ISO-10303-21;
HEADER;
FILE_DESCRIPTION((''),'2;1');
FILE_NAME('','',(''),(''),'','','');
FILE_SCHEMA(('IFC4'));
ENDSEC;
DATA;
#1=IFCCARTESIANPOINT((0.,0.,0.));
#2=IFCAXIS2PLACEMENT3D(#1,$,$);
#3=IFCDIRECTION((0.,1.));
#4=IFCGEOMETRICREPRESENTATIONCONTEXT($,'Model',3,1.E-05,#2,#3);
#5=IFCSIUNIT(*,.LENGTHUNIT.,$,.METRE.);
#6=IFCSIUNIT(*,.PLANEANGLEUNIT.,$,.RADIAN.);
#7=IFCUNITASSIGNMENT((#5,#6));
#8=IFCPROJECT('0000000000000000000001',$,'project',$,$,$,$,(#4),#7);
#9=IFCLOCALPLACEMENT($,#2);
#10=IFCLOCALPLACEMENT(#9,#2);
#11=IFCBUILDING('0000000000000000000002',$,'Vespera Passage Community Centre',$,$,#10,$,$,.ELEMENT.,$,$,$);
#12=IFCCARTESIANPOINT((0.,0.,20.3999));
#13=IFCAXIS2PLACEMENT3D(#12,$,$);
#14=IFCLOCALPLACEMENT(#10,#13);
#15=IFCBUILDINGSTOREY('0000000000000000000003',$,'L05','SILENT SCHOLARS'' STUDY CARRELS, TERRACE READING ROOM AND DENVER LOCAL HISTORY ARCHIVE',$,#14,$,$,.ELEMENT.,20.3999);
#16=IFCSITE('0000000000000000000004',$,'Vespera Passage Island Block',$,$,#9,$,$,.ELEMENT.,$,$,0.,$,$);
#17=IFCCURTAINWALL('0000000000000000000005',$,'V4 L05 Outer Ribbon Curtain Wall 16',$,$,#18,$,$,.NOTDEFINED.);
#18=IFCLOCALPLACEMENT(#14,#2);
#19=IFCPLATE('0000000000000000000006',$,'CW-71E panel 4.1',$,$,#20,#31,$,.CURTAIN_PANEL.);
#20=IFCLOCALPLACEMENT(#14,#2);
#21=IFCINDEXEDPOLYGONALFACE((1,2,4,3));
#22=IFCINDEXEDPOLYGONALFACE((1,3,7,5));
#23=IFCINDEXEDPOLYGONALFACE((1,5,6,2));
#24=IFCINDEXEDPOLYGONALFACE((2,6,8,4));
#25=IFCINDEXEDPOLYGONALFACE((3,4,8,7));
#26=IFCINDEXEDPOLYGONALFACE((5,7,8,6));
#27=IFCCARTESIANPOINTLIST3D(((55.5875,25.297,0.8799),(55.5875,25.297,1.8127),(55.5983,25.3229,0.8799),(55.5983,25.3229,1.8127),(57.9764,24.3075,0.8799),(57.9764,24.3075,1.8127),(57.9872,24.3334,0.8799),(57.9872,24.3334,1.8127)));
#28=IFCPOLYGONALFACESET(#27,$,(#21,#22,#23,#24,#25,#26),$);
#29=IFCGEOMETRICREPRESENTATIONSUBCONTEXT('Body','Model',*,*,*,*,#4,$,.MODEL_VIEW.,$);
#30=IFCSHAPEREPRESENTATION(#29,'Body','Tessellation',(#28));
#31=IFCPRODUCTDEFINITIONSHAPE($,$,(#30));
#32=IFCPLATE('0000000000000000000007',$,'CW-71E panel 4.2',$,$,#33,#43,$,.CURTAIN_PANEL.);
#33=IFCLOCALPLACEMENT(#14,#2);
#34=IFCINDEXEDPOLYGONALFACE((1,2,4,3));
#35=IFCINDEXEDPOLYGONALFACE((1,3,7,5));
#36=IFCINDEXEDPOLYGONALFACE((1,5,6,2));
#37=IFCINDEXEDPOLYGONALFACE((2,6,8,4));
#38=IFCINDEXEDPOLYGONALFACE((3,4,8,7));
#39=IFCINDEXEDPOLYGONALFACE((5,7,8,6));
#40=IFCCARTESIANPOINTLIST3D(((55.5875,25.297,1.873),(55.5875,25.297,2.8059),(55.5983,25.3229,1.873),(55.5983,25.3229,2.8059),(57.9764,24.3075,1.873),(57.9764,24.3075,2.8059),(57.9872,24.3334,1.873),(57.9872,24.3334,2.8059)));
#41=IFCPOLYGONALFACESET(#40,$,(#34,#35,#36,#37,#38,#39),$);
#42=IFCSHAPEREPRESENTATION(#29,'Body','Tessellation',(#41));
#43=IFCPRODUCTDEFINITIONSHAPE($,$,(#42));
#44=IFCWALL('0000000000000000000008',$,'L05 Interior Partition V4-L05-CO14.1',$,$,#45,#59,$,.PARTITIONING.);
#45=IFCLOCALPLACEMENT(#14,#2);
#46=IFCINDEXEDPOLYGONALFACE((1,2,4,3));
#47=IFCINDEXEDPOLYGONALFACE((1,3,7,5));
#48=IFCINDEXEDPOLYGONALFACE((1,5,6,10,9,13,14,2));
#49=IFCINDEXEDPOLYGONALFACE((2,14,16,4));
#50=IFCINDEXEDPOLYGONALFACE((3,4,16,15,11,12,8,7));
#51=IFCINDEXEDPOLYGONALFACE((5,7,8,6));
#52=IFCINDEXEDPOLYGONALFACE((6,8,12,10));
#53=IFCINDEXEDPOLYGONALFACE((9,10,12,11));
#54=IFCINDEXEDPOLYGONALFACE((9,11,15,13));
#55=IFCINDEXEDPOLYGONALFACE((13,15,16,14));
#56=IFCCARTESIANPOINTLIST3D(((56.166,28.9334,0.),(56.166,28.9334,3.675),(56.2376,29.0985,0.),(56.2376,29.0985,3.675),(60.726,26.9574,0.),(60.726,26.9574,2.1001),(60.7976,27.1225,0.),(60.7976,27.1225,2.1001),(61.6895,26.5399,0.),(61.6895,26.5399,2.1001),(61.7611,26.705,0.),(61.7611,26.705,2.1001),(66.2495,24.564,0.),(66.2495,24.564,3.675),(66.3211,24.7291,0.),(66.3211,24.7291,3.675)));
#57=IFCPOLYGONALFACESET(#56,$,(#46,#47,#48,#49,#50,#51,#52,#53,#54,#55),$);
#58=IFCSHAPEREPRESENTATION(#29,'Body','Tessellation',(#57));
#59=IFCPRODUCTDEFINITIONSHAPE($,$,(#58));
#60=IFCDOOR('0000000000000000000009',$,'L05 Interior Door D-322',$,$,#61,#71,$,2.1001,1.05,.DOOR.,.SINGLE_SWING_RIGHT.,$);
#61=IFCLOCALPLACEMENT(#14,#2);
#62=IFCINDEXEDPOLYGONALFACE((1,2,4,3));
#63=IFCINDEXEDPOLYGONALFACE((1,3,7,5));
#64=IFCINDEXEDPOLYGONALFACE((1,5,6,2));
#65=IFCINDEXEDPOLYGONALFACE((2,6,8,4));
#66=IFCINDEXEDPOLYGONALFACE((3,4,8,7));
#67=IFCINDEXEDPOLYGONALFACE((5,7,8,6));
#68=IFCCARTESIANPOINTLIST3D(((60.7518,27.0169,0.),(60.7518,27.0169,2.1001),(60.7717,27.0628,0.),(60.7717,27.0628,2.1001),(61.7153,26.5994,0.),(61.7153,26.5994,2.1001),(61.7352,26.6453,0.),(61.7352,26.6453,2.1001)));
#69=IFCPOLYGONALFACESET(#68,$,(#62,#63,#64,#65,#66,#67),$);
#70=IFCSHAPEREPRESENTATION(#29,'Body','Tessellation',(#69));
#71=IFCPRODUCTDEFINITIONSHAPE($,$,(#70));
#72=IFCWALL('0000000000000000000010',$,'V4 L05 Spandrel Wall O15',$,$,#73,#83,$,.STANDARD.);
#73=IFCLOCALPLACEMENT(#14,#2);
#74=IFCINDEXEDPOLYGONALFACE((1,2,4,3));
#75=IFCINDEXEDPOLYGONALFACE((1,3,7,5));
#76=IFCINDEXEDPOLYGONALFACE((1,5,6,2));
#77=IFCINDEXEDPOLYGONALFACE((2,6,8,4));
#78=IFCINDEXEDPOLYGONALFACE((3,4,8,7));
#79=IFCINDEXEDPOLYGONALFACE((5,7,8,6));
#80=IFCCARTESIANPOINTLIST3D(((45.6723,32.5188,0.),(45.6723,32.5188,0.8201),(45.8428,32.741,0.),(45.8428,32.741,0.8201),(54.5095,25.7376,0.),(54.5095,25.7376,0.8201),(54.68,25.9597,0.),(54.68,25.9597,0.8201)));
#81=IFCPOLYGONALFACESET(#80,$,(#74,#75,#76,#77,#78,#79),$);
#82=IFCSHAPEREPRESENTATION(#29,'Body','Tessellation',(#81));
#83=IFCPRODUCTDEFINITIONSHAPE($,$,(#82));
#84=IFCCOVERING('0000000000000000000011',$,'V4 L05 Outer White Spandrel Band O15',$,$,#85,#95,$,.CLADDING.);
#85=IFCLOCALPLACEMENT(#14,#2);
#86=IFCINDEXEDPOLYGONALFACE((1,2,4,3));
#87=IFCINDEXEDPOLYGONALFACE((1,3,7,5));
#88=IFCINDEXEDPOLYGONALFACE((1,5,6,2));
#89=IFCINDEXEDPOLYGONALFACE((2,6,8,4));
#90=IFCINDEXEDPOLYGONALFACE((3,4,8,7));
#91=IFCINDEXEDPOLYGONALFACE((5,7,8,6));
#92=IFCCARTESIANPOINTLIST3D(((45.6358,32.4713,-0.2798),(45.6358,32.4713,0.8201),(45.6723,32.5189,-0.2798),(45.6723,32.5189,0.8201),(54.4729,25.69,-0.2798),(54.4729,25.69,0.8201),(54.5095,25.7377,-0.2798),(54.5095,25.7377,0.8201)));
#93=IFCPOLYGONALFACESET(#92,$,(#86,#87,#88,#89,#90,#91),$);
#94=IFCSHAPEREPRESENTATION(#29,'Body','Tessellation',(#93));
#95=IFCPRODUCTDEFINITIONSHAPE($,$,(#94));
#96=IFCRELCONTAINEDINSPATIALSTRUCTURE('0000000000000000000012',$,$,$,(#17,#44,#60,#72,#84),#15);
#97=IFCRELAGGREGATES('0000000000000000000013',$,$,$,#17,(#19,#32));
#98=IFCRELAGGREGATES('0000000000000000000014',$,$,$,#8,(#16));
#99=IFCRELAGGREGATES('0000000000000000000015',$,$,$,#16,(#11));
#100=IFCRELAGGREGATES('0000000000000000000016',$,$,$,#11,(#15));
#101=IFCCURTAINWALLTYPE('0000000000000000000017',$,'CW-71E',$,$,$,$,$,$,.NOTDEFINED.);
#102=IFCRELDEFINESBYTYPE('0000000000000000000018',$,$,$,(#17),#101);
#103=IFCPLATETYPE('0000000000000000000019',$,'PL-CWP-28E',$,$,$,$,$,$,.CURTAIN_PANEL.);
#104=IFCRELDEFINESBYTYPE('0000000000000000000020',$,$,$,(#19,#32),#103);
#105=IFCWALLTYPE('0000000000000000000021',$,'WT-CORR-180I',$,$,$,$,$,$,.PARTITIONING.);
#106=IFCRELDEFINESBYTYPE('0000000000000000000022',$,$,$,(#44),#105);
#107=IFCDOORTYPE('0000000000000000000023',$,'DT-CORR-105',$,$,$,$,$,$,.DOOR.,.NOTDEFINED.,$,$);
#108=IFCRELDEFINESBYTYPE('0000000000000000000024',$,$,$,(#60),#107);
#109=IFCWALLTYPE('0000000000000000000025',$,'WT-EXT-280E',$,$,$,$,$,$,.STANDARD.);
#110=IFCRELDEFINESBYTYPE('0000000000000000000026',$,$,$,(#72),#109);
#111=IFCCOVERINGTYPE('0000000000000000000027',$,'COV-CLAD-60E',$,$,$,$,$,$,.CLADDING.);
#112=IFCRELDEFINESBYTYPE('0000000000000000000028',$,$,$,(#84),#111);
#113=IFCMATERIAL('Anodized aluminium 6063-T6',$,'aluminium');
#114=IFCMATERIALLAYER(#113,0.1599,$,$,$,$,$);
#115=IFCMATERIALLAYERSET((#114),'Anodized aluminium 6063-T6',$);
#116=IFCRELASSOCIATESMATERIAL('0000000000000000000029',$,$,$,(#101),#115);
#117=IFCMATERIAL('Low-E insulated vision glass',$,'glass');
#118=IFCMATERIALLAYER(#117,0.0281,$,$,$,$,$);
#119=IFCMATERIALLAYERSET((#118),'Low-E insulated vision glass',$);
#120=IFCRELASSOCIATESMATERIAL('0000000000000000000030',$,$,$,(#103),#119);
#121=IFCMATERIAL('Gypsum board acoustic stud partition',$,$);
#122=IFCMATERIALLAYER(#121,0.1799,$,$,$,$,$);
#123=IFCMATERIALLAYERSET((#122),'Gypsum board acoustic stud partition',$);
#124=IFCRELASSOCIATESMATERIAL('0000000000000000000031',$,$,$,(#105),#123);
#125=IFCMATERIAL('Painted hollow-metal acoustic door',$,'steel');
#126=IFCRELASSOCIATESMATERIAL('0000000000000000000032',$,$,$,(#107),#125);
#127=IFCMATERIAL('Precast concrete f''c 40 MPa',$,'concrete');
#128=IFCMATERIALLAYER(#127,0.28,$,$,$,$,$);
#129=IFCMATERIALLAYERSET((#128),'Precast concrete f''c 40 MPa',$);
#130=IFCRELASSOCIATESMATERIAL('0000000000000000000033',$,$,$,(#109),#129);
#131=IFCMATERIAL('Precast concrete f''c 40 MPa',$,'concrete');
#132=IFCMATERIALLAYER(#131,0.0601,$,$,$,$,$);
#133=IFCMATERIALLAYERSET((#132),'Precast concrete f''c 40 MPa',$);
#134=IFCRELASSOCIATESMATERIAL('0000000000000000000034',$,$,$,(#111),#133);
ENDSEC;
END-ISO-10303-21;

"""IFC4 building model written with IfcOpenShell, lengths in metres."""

from ifc_helpers import new_model, si_unit, direction, frame, frame_2d, origin, origin_2d, place, context, subcontext, project, spatial, rectangle, extrude, material, layer, layer_set, type_object, element, fill, aggregate, save


model = new_model("IFC4")

# Units and contexts
model_context = context("Model", 3, precision=1e-05, world=origin(), true_north=direction((0.0, 1.0)))
body_context = subcontext(model_context, "Body", "Model", "MODEL_VIEW")
ifc_project = project(units=[si_unit("LENGTHUNIT", "METRE"), si_unit("PLANEANGLEUNIT", "RADIAN")], contexts=[model_context])

# Site, building, storey
site_placement = place(None, origin())
site = spatial("IfcSite", under=ifc_project, at=site_placement, Name="Vespera Passage Island Block", CompositionType="ELEMENT", RefElevation=0.0)
building_placement = place(site_placement, origin())
building = spatial("IfcBuilding", under=site, at=building_placement, Name="Vespera Passage Community Centre", CompositionType="ELEMENT")
storey_placement = place(building_placement, frame((0.0, 0.0, 20.3999)))
storey = spatial("IfcBuildingStorey", under=building, at=storey_placement, Name="L05", Description="SILENT SCHOLARS' STUDY CARRELS, TERRACE READING ROOM AND DENVER LOCAL HISTORY ARCHIVE", CompositionType="ELEMENT", Elevation=20.3999)

# Curtain wall
ifc_material_1 = material(Name="Anodized aluminium 6063-T6", Category="aluminium")
ifc_layer_1 = layer(ifc_material_1, 0.1599)
ifc_layer_set_1 = layer_set([ifc_layer_1], Name="Anodized aluminium 6063-T6")
curtain_wall_type_1 = type_object("IfcCurtainWallType", Name="CW-71E", PredefinedType="NOTDEFINED", material=ifc_layer_set_1)
curtain_wall_1_placement = place(storey_placement, origin())
curtain_wall_1 = element("IfcCurtainWall", 1, at=curtain_wall_1_placement, inside=storey, type_object=curtain_wall_type_1, Name="V4 L05 Outer Ribbon Curtain Wall 16", PredefinedType="NOTDEFINED")

# Plates
ifc_material_2 = material(Name="Low-E insulated vision glass", Category="glass")
ifc_layer_2 = layer(ifc_material_2, 0.0281)
ifc_layer_set_2 = layer_set([ifc_layer_2], Name="Low-E insulated vision glass")
plate_type_1 = type_object("IfcPlateType", Name="PL-CWP-28E", PredefinedType="CURTAIN_PANEL", material=ifc_layer_set_2)
plate_1_placement = place(storey_placement, frame((56.7874, 24.8152, 0.8799), z_axis=(0.0, 0.0, 1.0), x_axis=(-0.92388, 0.382683, 0.0)))
plate_1 = element("IfcPlate", 2, at=plate_1_placement, type_object=plate_type_1, Name="CW-71E panel 4.1", PredefinedType="CURTAIN_PANEL", context=body_context, shape_type="SweptSolid", body=[
    extrude(rectangle(XDim=2.5857, YDim=0.0281, at=origin_2d()), origin(), (0.0, 0.0, 1.0), 0.9329),
])
plate_2_placement = place(storey_placement, frame((56.7874, 24.8152, 1.873), z_axis=(0.0, 0.0, 1.0), x_axis=(-0.92388, 0.382683, 0.0)))
plate_2 = element("IfcPlate", 3, at=plate_2_placement, type_object=plate_type_1, Name="CW-71E panel 4.2", PredefinedType="CURTAIN_PANEL", context=body_context, shape_type="SweptSolid", body=[
    extrude(rectangle(XDim=2.5857, YDim=0.0281, at=origin_2d()), origin(), (0.0, 0.0, 1.0), 0.9329),
])
aggregate(curtain_wall_1, [plate_1, plate_2])

# Wall, opening, door
ifc_material_3 = material(Name="Gypsum board acoustic stud partition")
ifc_layer_3 = layer(ifc_material_3, 0.1799)
ifc_layer_set_3 = layer_set([ifc_layer_3], Name="Gypsum board acoustic stud partition")
wall_type_1 = type_object("IfcWallType", Name="WT-CORR-180I", PredefinedType="PARTITIONING", material=ifc_layer_set_3)
wall_1_placement = place(storey_placement, frame((56.2019, 29.0159, 0.0), z_axis=(0.0, 0.0, 1.0), x_axis=(0.91756, -0.397597, 0.0)))
wall_1 = element("IfcWall", 4, at=wall_1_placement, inside=storey, type_object=wall_type_1, Name="L05 Interior Partition V4-L05-CO14.1", PredefinedType="PARTITIONING", context=body_context, shape_type="SweptSolid", body=[
    extrude(rectangle(XDim=10.9895, YDim=0.1799, at=frame_2d((5.4946, 0.0))), origin(), (0.0, 0.0, 1.0), 3.675),
])
opening_placement = place(wall_1_placement, frame((4.9697, 0.0, 0.0)))
opening = element("IfcOpeningElement", 5, at=opening_placement, cuts=wall_1, PredefinedType="OPENING", context=body_context, shape_type="SweptSolid", body=[
    extrude(rectangle(XDim=1.05, YDim=2.1001, at=frame_2d((0.5249, 1.05))), frame((0.0, 0.0999, 0.0), z_axis=(0.0, -1.0, 0.0), x_axis=(1.0, 0.0, 0.0)), (0.0, 0.0, 1.0), 0.2),
])
ifc_material_4 = material(Name="Painted hollow-metal acoustic door", Category="steel")
door_type = type_object("IfcDoorType", Name="DT-CORR-105", OperationType="NOTDEFINED", PredefinedType="DOOR", material=ifc_material_4)
door_placement = place(opening_placement, origin())
door = element("IfcDoor", 6, at=door_placement, inside=storey, type_object=door_type, Name="L05 Interior Door D-322", OperationType="SINGLE_SWING_RIGHT", OverallHeight=2.1001, OverallWidth=1.05, PredefinedType="DOOR", context=body_context, shape_type="SweptSolid", body=[
    extrude(rectangle(XDim=1.05, YDim=2.1001, at=frame_2d((0.5249, 1.05))), frame((0.0, 0.0249, 0.0), z_axis=(0.0, -1.0, 0.0), x_axis=(1.0, 0.0, 0.0)), (0.0, 0.0, 1.0), 0.05),
])
fill(opening, door)

# Wall
ifc_material_5 = material(Name="Precast concrete f'c 40 MPa", Category="concrete")
ifc_layer_4 = layer(ifc_material_5, 0.28)
ifc_layer_set_4 = layer_set([ifc_layer_4], Name="Precast concrete f'c 40 MPa")
wall_type_2 = type_object("IfcWallType", Name="WT-EXT-280E", PredefinedType="STANDARD", material=ifc_layer_set_4)
wall_2_placement = place(storey_placement, frame((54.5947, 25.8486, 0.0), z_axis=(0.0, 0.0, 1.0), x_axis=(-0.793342, 0.608776, 0.0)))
element("IfcWall", 7, at=wall_2_placement, inside=storey, type_object=wall_type_2, Name="V4 L05 Spandrel Wall O15", PredefinedType="STANDARD", context=body_context, shape_type="SweptSolid", body=[
    extrude(rectangle(XDim=11.1392, YDim=0.28, at=frame_2d((5.5696, 0.0))), origin(), (0.0, 0.0, 1.0), 0.8201),
])

# Covering
ifc_material_6 = material(Name="Precast concrete f'c 40 MPa", Category="concrete")
ifc_layer_5 = layer(ifc_material_6, 0.0601)
ifc_layer_set_5 = layer_set([ifc_layer_5], Name="Precast concrete f'c 40 MPa")
covering_type = type_object("IfcCoveringType", Name="COV-CLAD-60E", PredefinedType="CLADDING", material=ifc_layer_set_5)
covering_placement = place(storey_placement, frame((54.4912, 25.7139, -0.2798), z_axis=(0.0, 0.0, 1.0), x_axis=(-0.793342, 0.608776, 0.0)))
element("IfcCovering", 8, at=covering_placement, inside=storey, type_object=covering_type, Name="V4 L05 Outer White Spandrel Band O15", PredefinedType="CLADDING", context=body_context, shape_type="SweptSolid", body=[
    extrude(rectangle(XDim=11.1392, YDim=0.0601, at=frame_2d((5.5696, 0.0))), origin(), (0.0, 0.0, 1.0), 1.0999),
])

save(model, "model.ifc")
